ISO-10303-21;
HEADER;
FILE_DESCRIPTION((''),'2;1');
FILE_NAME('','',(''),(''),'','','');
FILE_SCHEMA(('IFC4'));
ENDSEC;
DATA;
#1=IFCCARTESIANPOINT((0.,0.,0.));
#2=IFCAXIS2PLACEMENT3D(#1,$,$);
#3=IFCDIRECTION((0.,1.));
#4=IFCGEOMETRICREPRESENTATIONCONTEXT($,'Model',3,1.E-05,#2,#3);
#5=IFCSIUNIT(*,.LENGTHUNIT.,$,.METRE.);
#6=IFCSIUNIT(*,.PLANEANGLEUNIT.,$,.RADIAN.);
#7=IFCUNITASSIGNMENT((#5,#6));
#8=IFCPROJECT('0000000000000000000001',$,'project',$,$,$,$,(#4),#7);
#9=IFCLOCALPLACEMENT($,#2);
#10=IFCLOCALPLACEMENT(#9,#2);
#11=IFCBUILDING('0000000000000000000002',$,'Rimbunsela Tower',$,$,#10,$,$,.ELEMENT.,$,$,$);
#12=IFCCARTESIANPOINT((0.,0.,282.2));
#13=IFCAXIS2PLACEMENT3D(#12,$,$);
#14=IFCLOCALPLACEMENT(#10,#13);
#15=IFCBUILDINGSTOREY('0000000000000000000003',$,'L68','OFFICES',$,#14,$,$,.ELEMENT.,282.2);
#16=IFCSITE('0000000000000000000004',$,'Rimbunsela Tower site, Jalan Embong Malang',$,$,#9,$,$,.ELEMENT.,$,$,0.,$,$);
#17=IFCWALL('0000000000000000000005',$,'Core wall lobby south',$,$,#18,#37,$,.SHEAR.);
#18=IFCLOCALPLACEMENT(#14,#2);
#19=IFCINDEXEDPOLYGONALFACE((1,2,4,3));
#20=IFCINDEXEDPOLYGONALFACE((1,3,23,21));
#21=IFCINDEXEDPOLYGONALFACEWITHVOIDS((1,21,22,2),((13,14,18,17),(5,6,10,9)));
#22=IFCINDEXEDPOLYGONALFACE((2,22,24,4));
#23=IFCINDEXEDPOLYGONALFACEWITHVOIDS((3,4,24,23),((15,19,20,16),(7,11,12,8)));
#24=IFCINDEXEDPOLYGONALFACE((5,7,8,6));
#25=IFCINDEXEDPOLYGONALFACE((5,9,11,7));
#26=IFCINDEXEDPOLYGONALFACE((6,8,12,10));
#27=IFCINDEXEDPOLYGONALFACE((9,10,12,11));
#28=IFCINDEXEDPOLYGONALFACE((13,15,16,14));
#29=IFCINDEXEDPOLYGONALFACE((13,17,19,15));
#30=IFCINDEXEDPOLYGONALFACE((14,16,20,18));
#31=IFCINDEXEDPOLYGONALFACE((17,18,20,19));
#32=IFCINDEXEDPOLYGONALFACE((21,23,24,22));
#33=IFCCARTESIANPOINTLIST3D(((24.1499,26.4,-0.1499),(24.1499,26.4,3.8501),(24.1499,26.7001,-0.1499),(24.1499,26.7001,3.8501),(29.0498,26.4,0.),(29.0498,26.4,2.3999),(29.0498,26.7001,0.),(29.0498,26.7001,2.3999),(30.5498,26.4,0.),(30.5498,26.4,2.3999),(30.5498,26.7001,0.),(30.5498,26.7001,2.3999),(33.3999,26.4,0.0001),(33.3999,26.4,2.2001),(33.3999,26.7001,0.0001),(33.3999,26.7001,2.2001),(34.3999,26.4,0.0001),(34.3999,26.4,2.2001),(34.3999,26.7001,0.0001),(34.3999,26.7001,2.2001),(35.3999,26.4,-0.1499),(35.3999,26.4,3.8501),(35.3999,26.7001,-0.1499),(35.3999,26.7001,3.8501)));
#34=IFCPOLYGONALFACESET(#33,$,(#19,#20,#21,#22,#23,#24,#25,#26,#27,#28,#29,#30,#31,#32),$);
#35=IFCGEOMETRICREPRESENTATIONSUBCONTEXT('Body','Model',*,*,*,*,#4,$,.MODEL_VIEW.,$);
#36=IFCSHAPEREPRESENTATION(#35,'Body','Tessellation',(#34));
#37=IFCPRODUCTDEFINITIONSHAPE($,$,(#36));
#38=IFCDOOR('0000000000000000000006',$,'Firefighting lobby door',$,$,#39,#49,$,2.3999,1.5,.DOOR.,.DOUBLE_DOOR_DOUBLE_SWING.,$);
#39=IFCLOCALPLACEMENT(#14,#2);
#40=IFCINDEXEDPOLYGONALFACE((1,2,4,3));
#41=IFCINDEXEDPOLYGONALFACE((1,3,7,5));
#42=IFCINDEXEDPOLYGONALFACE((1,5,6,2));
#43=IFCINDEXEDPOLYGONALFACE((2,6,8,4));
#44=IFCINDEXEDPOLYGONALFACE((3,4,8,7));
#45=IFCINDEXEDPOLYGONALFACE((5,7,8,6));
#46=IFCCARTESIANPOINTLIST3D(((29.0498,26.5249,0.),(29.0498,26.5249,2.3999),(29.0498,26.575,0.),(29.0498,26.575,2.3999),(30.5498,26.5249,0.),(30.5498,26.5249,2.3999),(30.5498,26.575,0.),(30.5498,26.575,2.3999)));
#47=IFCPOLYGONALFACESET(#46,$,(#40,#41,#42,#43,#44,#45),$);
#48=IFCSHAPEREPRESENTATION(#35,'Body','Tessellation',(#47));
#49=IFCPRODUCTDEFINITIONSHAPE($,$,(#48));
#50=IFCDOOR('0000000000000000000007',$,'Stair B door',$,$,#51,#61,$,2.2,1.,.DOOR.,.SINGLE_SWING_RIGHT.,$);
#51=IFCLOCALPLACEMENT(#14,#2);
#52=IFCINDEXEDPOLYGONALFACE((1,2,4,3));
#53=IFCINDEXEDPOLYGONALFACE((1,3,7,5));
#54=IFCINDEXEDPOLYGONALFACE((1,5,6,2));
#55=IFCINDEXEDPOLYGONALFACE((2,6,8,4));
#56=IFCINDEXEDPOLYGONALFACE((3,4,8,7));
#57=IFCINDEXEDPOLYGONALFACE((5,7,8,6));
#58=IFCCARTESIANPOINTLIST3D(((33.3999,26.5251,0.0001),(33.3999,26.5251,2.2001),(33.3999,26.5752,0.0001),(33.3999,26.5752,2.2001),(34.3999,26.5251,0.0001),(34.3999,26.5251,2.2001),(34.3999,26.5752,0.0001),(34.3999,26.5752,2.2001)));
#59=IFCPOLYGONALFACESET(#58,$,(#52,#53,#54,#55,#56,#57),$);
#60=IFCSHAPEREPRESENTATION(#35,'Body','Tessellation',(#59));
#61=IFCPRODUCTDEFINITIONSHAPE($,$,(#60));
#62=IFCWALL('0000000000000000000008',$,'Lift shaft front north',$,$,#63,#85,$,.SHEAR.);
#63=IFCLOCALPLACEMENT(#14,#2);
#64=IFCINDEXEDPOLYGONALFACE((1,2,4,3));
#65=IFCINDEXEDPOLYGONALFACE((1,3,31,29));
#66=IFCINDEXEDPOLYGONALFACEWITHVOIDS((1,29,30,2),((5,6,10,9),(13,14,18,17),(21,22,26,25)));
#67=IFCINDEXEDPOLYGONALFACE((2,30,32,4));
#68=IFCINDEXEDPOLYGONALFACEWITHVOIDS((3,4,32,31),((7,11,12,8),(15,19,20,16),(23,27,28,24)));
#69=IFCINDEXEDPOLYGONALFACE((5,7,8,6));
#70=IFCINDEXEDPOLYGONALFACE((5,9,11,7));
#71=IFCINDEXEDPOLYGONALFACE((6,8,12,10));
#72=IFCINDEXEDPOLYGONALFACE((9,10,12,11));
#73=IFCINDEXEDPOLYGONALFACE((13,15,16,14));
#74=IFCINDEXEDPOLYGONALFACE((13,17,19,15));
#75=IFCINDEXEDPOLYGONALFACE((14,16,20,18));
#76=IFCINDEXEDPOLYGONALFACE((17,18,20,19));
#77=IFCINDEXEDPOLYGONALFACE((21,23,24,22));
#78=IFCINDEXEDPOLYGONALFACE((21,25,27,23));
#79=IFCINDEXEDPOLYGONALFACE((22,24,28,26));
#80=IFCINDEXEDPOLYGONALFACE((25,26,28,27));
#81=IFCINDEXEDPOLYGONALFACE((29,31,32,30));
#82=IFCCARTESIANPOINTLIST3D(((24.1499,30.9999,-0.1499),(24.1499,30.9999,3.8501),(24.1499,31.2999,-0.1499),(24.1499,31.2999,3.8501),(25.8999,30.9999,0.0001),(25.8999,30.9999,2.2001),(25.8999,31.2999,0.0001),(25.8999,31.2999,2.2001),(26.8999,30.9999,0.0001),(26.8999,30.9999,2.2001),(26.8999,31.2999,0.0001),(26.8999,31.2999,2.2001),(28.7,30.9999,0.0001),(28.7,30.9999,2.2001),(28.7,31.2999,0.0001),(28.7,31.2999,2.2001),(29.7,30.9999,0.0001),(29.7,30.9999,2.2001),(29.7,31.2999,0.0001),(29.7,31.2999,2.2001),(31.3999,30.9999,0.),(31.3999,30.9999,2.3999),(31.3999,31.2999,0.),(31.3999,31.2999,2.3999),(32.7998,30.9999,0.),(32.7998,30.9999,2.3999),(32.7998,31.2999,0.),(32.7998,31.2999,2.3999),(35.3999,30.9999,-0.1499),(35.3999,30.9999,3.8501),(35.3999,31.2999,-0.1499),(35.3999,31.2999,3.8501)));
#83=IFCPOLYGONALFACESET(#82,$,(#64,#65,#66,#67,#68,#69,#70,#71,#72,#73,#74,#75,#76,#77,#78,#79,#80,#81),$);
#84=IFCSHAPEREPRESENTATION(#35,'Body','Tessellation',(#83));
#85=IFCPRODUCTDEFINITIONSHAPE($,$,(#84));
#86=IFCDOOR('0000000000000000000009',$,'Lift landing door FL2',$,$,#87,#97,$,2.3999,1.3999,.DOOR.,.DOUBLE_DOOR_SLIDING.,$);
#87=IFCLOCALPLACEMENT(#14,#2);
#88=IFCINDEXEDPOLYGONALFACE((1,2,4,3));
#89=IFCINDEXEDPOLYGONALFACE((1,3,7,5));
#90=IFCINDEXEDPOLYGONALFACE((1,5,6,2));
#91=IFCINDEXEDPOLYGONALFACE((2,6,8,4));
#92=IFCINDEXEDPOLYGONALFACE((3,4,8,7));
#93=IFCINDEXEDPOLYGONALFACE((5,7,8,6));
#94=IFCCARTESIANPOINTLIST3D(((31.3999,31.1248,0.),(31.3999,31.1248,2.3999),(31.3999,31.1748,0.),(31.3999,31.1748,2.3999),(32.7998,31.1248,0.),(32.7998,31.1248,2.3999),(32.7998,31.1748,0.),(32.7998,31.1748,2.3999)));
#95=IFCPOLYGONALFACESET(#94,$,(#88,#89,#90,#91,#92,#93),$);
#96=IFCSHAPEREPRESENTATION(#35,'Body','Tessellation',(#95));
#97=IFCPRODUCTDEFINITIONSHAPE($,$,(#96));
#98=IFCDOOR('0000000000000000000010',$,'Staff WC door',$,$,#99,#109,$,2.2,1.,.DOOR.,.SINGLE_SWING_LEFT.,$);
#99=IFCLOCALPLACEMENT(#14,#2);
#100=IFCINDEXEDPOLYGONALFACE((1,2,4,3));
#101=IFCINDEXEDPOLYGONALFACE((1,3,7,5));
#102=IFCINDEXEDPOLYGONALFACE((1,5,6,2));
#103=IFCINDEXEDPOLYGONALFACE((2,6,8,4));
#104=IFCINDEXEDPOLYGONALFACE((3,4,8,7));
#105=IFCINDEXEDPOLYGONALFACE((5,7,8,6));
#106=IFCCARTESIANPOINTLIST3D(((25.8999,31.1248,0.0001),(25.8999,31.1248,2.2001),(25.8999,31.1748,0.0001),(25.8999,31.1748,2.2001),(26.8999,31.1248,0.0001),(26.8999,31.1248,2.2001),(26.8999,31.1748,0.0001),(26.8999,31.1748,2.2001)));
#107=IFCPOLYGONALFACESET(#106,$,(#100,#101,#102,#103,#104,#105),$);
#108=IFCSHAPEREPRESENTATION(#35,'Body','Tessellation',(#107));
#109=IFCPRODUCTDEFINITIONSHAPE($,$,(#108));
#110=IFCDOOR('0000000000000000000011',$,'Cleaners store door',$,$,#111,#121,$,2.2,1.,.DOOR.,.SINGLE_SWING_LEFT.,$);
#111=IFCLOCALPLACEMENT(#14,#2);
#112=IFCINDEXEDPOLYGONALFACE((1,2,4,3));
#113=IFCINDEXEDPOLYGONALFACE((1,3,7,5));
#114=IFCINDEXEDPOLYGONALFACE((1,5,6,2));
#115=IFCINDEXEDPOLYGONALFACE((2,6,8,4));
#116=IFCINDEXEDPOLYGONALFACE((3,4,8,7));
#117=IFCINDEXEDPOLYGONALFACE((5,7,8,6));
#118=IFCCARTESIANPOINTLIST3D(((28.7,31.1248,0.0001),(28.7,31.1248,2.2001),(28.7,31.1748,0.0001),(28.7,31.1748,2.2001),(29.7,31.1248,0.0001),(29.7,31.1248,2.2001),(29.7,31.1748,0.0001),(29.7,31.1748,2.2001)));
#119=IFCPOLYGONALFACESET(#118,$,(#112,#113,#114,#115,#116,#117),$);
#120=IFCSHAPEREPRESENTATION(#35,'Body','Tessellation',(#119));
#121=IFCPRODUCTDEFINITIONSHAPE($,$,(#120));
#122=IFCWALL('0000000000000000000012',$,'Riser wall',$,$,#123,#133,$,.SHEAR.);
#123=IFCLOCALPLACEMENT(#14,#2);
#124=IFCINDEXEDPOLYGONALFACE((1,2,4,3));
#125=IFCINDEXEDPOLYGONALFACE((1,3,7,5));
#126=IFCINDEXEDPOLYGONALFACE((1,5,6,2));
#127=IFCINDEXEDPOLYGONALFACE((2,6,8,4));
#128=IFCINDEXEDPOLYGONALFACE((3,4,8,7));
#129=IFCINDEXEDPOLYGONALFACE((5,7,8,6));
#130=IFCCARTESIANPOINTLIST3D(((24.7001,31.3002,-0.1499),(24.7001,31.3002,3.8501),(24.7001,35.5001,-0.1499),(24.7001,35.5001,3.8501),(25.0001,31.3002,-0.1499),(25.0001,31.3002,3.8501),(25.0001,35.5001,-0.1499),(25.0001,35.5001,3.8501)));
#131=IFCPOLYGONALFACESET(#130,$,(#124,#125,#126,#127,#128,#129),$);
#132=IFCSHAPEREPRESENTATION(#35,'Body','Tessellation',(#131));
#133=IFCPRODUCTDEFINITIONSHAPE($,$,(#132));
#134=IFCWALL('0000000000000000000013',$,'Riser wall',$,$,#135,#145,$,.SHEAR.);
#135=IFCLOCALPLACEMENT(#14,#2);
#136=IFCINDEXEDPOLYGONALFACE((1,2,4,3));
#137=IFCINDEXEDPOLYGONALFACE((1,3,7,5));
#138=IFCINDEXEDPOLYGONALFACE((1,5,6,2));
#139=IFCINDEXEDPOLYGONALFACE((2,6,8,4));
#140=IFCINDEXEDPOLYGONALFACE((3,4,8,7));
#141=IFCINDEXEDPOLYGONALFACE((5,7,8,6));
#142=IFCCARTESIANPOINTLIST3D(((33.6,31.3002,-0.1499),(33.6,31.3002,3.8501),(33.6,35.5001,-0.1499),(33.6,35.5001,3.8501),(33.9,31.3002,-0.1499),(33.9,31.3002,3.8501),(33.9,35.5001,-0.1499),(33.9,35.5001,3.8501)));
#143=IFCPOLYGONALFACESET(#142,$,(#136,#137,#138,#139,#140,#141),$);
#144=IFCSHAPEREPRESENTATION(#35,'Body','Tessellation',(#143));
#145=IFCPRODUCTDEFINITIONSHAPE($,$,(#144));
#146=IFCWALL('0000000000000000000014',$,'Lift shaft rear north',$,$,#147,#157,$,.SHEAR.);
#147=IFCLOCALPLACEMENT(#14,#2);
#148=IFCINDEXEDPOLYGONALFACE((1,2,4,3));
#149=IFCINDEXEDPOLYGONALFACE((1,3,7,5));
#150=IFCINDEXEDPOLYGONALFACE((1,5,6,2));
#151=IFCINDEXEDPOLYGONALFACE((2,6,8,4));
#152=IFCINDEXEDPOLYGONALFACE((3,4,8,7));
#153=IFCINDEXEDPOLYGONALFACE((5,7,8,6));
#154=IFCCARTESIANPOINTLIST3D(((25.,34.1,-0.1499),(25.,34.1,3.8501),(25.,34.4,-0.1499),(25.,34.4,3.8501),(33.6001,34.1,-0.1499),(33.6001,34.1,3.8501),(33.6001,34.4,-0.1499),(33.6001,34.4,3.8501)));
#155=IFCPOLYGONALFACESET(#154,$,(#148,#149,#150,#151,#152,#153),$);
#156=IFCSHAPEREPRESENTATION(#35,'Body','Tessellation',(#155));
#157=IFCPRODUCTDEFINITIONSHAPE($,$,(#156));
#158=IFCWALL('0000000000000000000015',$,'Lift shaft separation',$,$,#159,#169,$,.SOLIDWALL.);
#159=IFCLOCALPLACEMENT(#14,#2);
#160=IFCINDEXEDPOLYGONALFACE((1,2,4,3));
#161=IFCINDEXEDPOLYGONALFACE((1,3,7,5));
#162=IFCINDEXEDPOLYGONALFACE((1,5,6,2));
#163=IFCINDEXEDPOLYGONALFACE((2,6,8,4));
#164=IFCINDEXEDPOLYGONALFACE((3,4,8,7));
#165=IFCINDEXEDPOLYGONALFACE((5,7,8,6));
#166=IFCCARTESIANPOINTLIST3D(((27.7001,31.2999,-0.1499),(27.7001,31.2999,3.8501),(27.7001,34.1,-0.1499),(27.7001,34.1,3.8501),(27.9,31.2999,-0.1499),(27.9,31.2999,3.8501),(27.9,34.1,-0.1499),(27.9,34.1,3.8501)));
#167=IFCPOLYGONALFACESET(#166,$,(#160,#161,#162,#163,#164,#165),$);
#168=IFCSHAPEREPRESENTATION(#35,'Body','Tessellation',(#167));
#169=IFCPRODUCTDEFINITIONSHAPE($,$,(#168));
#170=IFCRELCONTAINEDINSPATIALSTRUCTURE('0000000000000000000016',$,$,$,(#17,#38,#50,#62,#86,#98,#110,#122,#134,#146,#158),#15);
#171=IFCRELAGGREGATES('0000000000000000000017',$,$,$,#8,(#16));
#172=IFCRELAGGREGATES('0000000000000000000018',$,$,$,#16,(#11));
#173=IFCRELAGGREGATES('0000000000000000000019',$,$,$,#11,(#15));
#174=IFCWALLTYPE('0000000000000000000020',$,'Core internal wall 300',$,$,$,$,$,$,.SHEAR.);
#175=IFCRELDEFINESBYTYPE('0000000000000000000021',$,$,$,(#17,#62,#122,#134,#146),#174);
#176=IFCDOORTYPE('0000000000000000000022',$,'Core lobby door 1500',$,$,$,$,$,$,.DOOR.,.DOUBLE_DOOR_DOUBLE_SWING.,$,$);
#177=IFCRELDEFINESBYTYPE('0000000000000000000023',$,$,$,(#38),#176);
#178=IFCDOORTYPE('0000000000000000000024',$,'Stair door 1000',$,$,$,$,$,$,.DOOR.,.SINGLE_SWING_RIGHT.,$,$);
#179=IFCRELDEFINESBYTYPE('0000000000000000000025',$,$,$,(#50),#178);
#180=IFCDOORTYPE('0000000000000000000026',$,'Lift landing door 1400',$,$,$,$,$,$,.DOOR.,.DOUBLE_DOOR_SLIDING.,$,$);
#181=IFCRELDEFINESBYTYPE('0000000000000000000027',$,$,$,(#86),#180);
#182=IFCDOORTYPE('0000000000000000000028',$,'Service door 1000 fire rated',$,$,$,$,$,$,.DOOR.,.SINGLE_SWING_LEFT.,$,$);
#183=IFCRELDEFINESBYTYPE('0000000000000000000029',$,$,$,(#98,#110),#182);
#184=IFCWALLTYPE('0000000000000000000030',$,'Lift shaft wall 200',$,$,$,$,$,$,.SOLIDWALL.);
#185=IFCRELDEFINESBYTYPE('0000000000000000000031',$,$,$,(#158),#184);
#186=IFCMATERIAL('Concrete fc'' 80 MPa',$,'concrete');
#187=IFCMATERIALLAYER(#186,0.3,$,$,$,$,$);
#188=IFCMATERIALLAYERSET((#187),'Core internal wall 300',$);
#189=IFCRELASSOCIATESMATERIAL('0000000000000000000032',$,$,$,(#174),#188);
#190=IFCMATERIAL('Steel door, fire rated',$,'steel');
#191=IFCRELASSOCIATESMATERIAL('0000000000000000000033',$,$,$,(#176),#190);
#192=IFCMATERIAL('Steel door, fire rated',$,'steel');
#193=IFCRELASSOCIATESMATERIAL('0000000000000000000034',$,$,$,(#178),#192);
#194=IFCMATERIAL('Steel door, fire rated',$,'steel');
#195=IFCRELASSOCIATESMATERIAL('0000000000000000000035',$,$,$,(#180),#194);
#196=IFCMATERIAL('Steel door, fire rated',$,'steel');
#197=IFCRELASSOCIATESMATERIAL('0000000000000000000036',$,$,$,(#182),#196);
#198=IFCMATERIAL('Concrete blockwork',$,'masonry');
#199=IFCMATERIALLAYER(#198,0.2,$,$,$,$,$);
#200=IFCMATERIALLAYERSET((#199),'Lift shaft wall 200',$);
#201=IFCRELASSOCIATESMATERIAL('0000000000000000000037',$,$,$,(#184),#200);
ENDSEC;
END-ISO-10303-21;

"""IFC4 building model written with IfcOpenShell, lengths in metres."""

from ifc_helpers import new_model, si_unit, direction, frame, frame_2d, origin, place, context, subcontext, project, spatial, rectangle, extrude, material, layer, layer_set, type_object, element, fill, save


model = new_model("IFC4")

# Units and contexts
model_context = context("Model", 3, precision=1e-05, world=origin(), true_north=direction((0.0, 1.0)))
body_context = subcontext(model_context, "Body", "Model", "MODEL_VIEW")
ifc_project = project(units=[si_unit("LENGTHUNIT", "METRE"), si_unit("PLANEANGLEUNIT", "RADIAN")], contexts=[model_context])

# Site, building, storey
site_placement = place(None, origin())
site = spatial("IfcSite", under=ifc_project, at=site_placement, Name="Rimbunsela Tower site, Jalan Embong Malang", CompositionType="ELEMENT", RefElevation=0.0)
building_placement = place(site_placement, origin())
building = spatial("IfcBuilding", under=site, at=building_placement, Name="Rimbunsela Tower", CompositionType="ELEMENT")
storey_placement = place(building_placement, frame((0.0, 0.0, 282.2)))
storey = spatial("IfcBuildingStorey", under=building, at=storey_placement, Name="L68", Description="OFFICES", CompositionType="ELEMENT", Elevation=282.2)

# Walls, openings, doors
ifc_material_1 = material(Name="Concrete fc' 80 MPa", Category="concrete")
ifc_layer_1 = layer(ifc_material_1, 0.3)
ifc_layer_set_1 = layer_set([ifc_layer_1], Name="Core internal wall 300")
wall_type_1 = type_object("IfcWallType", Name="Core internal wall 300", PredefinedType="SHEAR", material=ifc_layer_set_1)
wall_1_placement = place(storey_placement, frame((24.1499, 26.55, -0.1499), z_axis=(0.0, 0.0, 1.0), x_axis=(1.0, 0.0, 0.0)))
wall_1 = element("IfcWall", 1, at=wall_1_placement, inside=storey, type_object=wall_type_1, Name="Core wall lobby south", PredefinedType="SHEAR", context=body_context, shape_type="SweptSolid", body=[
    extrude(rectangle(XDim=11.25, YDim=0.3, at=frame_2d((5.625, 0.0))), origin(), (0.0, 0.0, 1.0), 4.0),
])
opening_1_placement = place(wall_1_placement, frame((9.25, 0.0, 0.1499)))
opening_1 = element("IfcOpeningElement", 2, at=opening_1_placement, cuts=wall_1, PredefinedType="OPENING", context=body_context, shape_type="SweptSolid", body=[
    extrude(rectangle(XDim=1.0, YDim=2.2, at=frame_2d((0.5, 1.1001))), frame((0.0, 0.1599, 0.0), z_axis=(0.0, -1.0, 0.0), x_axis=(1.0, 0.0, 0.0)), (0.0, 0.0, 1.0), 0.3201),
])
opening_2_placement = place(wall_1_placement, frame((4.8999, 0.0, 0.1499)))
opening_2 = element("IfcOpeningElement", 3, at=opening_2_placement, cuts=wall_1, PredefinedType="OPENING", context=body_context, shape_type="SweptSolid", body=[
    extrude(rectangle(XDim=1.5, YDim=2.3999, at=frame_2d((0.75, 1.2))), frame((0.0, 0.1599, 0.0), z_axis=(0.0, -1.0, 0.0), x_axis=(1.0, 0.0, 0.0)), (0.0, 0.0, 1.0), 0.3201),
])
ifc_material_2 = material(Name="Steel door, fire rated", Category="steel")
door_type_1 = type_object("IfcDoorType", Name="Core lobby door 1500", OperationType="DOUBLE_DOOR_DOUBLE_SWING", PredefinedType="DOOR", material=ifc_material_2)
door_1_placement = place(opening_2_placement, origin())
door_1 = element("IfcDoor", 4, at=door_1_placement, inside=storey, type_object=door_type_1, Name="Firefighting lobby door", OperationType="DOUBLE_DOOR_DOUBLE_SWING", OverallHeight=2.3999, OverallWidth=1.5, PredefinedType="DOOR", context=body_context, shape_type="SweptSolid", body=[
    extrude(rectangle(XDim=1.5, YDim=2.3999, at=frame_2d((0.75, 1.2))), frame((0.0, 0.0249, 0.0), z_axis=(0.0, -1.0, 0.0), x_axis=(1.0, 0.0, 0.0)), (0.0, 0.0, 1.0), 0.05),
])
fill(opening_2, door_1)
ifc_material_3 = material(Name="Steel door, fire rated", Category="steel")
door_type_2 = type_object("IfcDoorType", Name="Stair door 1000", OperationType="SINGLE_SWING_RIGHT", PredefinedType="DOOR", material=ifc_material_3)
door_2_placement = place(opening_1_placement, frame((1.0, 0.0, 0.0), z_axis=(0.0, 0.0, 1.0), x_axis=(-1.0, 0.0, 0.0)))
door_2 = element("IfcDoor", 5, at=door_2_placement, inside=storey, type_object=door_type_2, Name="Stair B door", OperationType="SINGLE_SWING_RIGHT", OverallHeight=2.2, OverallWidth=1.0, PredefinedType="DOOR", context=body_context, shape_type="SweptSolid", body=[
    extrude(rectangle(XDim=1.0, YDim=2.2, at=frame_2d((0.5, 1.1001))), frame((0.0, 0.0249, 0.0), z_axis=(0.0, -1.0, 0.0), x_axis=(1.0, 0.0, 0.0)), (0.0, 0.0, 1.0), 0.05),
])
fill(opening_1, door_2)
wall_2_placement = place(storey_placement, frame((24.1499, 31.1499, -0.1499), z_axis=(0.0, 0.0, 1.0), x_axis=(1.0, 0.0, 0.0)))
wall_2 = element("IfcWall", 6, at=wall_2_placement, inside=storey, type_object=wall_type_1, Name="Lift shaft front north", PredefinedType="SHEAR", context=body_context, shape_type="SweptSolid", body=[
    extrude(rectangle(XDim=11.25, YDim=0.3, at=frame_2d((5.625, 0.0))), origin(), (0.0, 0.0, 1.0), 4.0),
])
opening_3_placement = place(wall_2_placement, frame((1.75, 0.0, 0.1499)))
opening_3 = element("IfcOpeningElement", 7, at=opening_3_placement, cuts=wall_2, PredefinedType="OPENING", context=body_context, shape_type="SweptSolid", body=[
    extrude(rectangle(XDim=1.0, YDim=2.2, at=frame_2d((0.5, 1.1001))), frame((0.0, 0.1599, 0.0), z_axis=(0.0, -1.0, 0.0), x_axis=(1.0, 0.0, 0.0)), (0.0, 0.0, 1.0), 0.3201),
])
opening_4_placement = place(wall_2_placement, frame((4.55, 0.0, 0.1499)))
opening_4 = element("IfcOpeningElement", 8, at=opening_4_placement, cuts=wall_2, PredefinedType="OPENING", context=body_context, shape_type="SweptSolid", body=[
    extrude(rectangle(XDim=1.0, YDim=2.2, at=frame_2d((0.5, 1.1001))), frame((0.0, 0.1599, 0.0), z_axis=(0.0, -1.0, 0.0), x_axis=(1.0, 0.0, 0.0)), (0.0, 0.0, 1.0), 0.3201),
])
opening_5_placement = place(wall_2_placement, frame((7.25, 0.0, 0.1499)))
opening_5 = element("IfcOpeningElement", 9, at=opening_5_placement, cuts=wall_2, PredefinedType="OPENING", context=body_context, shape_type="SweptSolid", body=[
    extrude(rectangle(XDim=1.3999, YDim=2.3999, at=frame_2d((0.7, 1.2))), frame((0.0, 0.1599, 0.0), z_axis=(0.0, -1.0, 0.0), x_axis=(1.0, 0.0, 0.0)), (0.0, 0.0, 1.0), 0.3201),
])
ifc_material_4 = material(Name="Steel door, fire rated", Category="steel")
door_type_3 = type_object("IfcDoorType", Name="Lift landing door 1400", OperationType="DOUBLE_DOOR_SLIDING", PredefinedType="DOOR", material=ifc_material_4)
door_3_placement = place(opening_5_placement, origin())
door_3 = element("IfcDoor", 10, at=door_3_placement, inside=storey, type_object=door_type_3, Name="Lift landing door FL2", OperationType="DOUBLE_DOOR_SLIDING", OverallHeight=2.3999, OverallWidth=1.3999, PredefinedType="DOOR", context=body_context, shape_type="SweptSolid", body=[
    extrude(rectangle(XDim=1.3999, YDim=2.3999, at=frame_2d((0.7, 1.2))), frame((0.0, 0.0249, 0.0), z_axis=(0.0, -1.0, 0.0), x_axis=(1.0, 0.0, 0.0)), (0.0, 0.0, 1.0), 0.05),
])
fill(opening_5, door_3)
ifc_material_5 = material(Name="Steel door, fire rated", Category="steel")
door_type_4 = type_object("IfcDoorType", Name="Service door 1000 fire rated", OperationType="SINGLE_SWING_LEFT", PredefinedType="DOOR", material=ifc_material_5)
door_4_placement = place(opening_3_placement, origin())
door_4 = element("IfcDoor", 11, at=door_4_placement, inside=storey, type_object=door_type_4, Name="Staff WC door", OperationType="SINGLE_SWING_LEFT", OverallHeight=2.2, OverallWidth=1.0, PredefinedType="DOOR", context=body_context, shape_type="SweptSolid", body=[
    extrude(rectangle(XDim=1.0, YDim=2.2, at=frame_2d((0.5, 1.1001))), frame((0.0, 0.0249, 0.0), z_axis=(0.0, -1.0, 0.0), x_axis=(1.0, 0.0, 0.0)), (0.0, 0.0, 1.0), 0.05),
])
fill(opening_3, door_4)
door_5_placement = place(opening_4_placement, origin())
door_5 = element("IfcDoor", 12, at=door_5_placement, inside=storey, type_object=door_type_4, Name="Cleaners store door", OperationType="SINGLE_SWING_LEFT", OverallHeight=2.2, OverallWidth=1.0, PredefinedType="DOOR", context=body_context, shape_type="SweptSolid", body=[
    extrude(rectangle(XDim=1.0, YDim=2.2, at=frame_2d((0.5, 1.1001))), frame((0.0, 0.0249, 0.0), z_axis=(0.0, -1.0, 0.0), x_axis=(1.0, 0.0, 0.0)), (0.0, 0.0, 1.0), 0.05),
])
fill(opening_4, door_5)

# Walls
for number, where, z_axis, x_axis, name in (
    (13, (24.8501, 31.3, -0.1499), (0.0, 0.0, 1.0), (0.0, 1.0, 0.0), "Riser wall"),
    (14, (33.75, 31.3, -0.1499), (0.0, 0.0, 1.0), (0.0, 1.0, 0.0), "Riser wall"),
):
    element("IfcWall", number, at=place(storey_placement, frame(where, z_axis=z_axis, x_axis=x_axis)), inside=storey, type_object=wall_type_1, Name=name, PredefinedType="SHEAR", context=body_context, shape_type="SweptSolid", body=[
        extrude(rectangle(XDim=4.2, YDim=0.3, at=frame_2d((2.1001, 0.0))), origin(), (0.0, 0.0, 1.0), 4.0),
    ])
wall_3_placement = place(storey_placement, frame((25.0, 34.25, -0.1499), z_axis=(0.0, 0.0, 1.0), x_axis=(1.0, 0.0, 0.0)))
element("IfcWall", 15, at=wall_3_placement, inside=storey, type_object=wall_type_1, Name="Lift shaft rear north", PredefinedType="SHEAR", context=body_context, shape_type="SweptSolid", body=[
    extrude(rectangle(XDim=8.6001, YDim=0.3, at=frame_2d((4.3, 0.0))), origin(), (0.0, 0.0, 1.0), 4.0),
])
ifc_material_6 = material(Name="Concrete blockwork", Category="masonry")
ifc_layer_2 = layer(ifc_material_6, 0.2)
ifc_layer_set_2 = layer_set([ifc_layer_2], Name="Lift shaft wall 200")
wall_type_2 = type_object("IfcWallType", Name="Lift shaft wall 200", PredefinedType="SOLIDWALL", material=ifc_layer_set_2)
for number, where, z_axis, x_axis, name in (
    (16, (27.8, 31.3, -0.1499), (0.0, 0.0, 1.0), (0.0, 1.0, 0.0), "Lift shaft separation"),
):
    element("IfcWall", number, at=place(storey_placement, frame(where, z_axis=z_axis, x_axis=x_axis)), inside=storey, type_object=wall_type_2, Name=name, PredefinedType="SOLIDWALL", context=body_context, shape_type="SweptSolid", body=[
        extrude(rectangle(XDim=2.8, YDim=0.2, at=frame_2d((1.3999, 0.0))), origin(), (0.0, 0.0, 1.0), 4.0),
    ])

save(model, "model.ifc")
